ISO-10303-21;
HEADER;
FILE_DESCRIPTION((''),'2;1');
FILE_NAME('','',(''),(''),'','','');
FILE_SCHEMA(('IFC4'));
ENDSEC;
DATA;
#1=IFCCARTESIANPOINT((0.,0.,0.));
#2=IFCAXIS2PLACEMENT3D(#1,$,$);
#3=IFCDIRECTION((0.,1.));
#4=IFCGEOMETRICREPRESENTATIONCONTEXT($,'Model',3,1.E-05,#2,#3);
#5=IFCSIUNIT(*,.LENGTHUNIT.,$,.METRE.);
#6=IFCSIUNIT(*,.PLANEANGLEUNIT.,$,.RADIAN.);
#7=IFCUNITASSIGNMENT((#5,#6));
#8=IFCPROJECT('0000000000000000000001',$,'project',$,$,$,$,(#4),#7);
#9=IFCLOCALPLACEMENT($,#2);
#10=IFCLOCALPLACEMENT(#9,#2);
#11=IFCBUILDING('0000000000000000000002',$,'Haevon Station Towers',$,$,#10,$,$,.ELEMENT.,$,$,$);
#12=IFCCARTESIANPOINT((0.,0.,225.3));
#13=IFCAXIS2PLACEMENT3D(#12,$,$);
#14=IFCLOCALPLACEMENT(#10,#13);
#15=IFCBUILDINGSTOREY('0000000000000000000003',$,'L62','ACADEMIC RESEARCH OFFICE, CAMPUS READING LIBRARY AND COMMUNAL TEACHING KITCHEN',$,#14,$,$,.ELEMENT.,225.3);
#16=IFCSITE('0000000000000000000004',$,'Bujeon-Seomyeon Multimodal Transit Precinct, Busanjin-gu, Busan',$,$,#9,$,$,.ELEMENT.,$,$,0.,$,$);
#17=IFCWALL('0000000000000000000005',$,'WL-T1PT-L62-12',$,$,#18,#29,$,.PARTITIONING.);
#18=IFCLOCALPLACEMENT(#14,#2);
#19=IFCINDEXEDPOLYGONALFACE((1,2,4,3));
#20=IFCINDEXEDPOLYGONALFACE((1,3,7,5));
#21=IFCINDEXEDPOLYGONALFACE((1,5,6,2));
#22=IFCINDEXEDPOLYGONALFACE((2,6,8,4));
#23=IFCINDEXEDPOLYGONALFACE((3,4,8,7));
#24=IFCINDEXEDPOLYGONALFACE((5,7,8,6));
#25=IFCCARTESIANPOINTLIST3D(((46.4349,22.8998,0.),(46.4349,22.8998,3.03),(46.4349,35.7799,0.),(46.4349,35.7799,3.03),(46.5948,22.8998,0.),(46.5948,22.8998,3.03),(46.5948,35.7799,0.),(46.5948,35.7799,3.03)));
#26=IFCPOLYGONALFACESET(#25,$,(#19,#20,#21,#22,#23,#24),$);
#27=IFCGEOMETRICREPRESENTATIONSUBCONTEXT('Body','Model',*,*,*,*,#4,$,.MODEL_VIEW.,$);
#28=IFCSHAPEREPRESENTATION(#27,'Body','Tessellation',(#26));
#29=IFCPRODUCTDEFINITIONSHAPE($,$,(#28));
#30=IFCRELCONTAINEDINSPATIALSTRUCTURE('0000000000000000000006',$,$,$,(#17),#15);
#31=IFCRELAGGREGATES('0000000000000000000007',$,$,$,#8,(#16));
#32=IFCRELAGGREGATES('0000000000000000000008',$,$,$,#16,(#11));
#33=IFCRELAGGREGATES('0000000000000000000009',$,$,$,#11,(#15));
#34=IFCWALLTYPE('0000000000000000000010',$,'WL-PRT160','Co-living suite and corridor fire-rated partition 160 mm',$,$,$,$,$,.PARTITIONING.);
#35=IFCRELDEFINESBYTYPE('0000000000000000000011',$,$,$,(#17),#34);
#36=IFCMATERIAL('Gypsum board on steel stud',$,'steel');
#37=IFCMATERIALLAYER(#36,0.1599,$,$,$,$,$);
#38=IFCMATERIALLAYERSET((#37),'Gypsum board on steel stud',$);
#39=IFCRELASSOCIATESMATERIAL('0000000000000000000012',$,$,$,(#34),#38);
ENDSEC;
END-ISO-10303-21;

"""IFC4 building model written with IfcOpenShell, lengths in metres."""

from ifc_helpers import new_model, si_unit, direction, frame, frame_2d, origin, place, context, subcontext, project, spatial, rectangle, extrude, material, layer, layer_set, type_object, element, save


model = new_model("IFC4")

# Units and contexts
model_context = context("Model", 3, precision=1e-05, world=origin(), true_north=direction((0.0, 1.0)))
body_context = subcontext(model_context, "Body", "Model", "MODEL_VIEW")
ifc_project = project(units=[si_unit("LENGTHUNIT", "METRE"), si_unit("PLANEANGLEUNIT", "RADIAN")], contexts=[model_context])

# Site, building, storey
site_placement = place(None, origin())
site = spatial("IfcSite", under=ifc_project, at=site_placement, Name="Bujeon-Seomyeon Multimodal Transit Precinct, Busanjin-gu, Busan", CompositionType="ELEMENT", RefElevation=0.0)
building_placement = place(site_placement, origin())
building = spatial("IfcBuilding", under=site, at=building_placement, Name="Haevon Station Towers", CompositionType="ELEMENT")
storey_placement = place(building_placement, frame((0.0, 0.0, 225.3)))
storey = spatial("IfcBuildingStorey", under=building, at=storey_placement, Name="L62", Description="ACADEMIC RESEARCH OFFICE, CAMPUS READING LIBRARY AND COMMUNAL TEACHING KITCHEN", CompositionType="ELEMENT", Elevation=225.3)

# Wall
ifc_material_1 = material(Name="Gypsum board on steel stud", Category="steel")
ifc_layer_1 = layer(ifc_material_1, 0.1599)
ifc_layer_set_1 = layer_set([ifc_layer_1], Name="Gypsum board on steel stud")
wall_type_1 = type_object("IfcWallType", Name="WL-PRT160", Description="Co-living suite and corridor fire-rated partition 160 mm", PredefinedType="PARTITIONING", material=ifc_layer_set_1)
for number, where, z_axis, x_axis, name in (
    (1, (46.5149, 22.8999, 0.0), (0.0, 0.0, 1.0), (0.0, 1.0, 0.0), "WL-T1PT-L62-12"),
):
    element("IfcWall", number, at=place(storey_placement, frame(where, z_axis=z_axis, x_axis=x_axis)), inside=storey, type_object=wall_type_1, Name=name, PredefinedType="PARTITIONING", context=body_context, shape_type="SweptSolid", body=[
        extrude(rectangle(XDim=12.8801, YDim=0.1599, at=frame_2d((6.4399, 0.0))), origin(), (0.0, 0.0, 1.0), 3.03),
    ])

save(model, "model.ifc")
